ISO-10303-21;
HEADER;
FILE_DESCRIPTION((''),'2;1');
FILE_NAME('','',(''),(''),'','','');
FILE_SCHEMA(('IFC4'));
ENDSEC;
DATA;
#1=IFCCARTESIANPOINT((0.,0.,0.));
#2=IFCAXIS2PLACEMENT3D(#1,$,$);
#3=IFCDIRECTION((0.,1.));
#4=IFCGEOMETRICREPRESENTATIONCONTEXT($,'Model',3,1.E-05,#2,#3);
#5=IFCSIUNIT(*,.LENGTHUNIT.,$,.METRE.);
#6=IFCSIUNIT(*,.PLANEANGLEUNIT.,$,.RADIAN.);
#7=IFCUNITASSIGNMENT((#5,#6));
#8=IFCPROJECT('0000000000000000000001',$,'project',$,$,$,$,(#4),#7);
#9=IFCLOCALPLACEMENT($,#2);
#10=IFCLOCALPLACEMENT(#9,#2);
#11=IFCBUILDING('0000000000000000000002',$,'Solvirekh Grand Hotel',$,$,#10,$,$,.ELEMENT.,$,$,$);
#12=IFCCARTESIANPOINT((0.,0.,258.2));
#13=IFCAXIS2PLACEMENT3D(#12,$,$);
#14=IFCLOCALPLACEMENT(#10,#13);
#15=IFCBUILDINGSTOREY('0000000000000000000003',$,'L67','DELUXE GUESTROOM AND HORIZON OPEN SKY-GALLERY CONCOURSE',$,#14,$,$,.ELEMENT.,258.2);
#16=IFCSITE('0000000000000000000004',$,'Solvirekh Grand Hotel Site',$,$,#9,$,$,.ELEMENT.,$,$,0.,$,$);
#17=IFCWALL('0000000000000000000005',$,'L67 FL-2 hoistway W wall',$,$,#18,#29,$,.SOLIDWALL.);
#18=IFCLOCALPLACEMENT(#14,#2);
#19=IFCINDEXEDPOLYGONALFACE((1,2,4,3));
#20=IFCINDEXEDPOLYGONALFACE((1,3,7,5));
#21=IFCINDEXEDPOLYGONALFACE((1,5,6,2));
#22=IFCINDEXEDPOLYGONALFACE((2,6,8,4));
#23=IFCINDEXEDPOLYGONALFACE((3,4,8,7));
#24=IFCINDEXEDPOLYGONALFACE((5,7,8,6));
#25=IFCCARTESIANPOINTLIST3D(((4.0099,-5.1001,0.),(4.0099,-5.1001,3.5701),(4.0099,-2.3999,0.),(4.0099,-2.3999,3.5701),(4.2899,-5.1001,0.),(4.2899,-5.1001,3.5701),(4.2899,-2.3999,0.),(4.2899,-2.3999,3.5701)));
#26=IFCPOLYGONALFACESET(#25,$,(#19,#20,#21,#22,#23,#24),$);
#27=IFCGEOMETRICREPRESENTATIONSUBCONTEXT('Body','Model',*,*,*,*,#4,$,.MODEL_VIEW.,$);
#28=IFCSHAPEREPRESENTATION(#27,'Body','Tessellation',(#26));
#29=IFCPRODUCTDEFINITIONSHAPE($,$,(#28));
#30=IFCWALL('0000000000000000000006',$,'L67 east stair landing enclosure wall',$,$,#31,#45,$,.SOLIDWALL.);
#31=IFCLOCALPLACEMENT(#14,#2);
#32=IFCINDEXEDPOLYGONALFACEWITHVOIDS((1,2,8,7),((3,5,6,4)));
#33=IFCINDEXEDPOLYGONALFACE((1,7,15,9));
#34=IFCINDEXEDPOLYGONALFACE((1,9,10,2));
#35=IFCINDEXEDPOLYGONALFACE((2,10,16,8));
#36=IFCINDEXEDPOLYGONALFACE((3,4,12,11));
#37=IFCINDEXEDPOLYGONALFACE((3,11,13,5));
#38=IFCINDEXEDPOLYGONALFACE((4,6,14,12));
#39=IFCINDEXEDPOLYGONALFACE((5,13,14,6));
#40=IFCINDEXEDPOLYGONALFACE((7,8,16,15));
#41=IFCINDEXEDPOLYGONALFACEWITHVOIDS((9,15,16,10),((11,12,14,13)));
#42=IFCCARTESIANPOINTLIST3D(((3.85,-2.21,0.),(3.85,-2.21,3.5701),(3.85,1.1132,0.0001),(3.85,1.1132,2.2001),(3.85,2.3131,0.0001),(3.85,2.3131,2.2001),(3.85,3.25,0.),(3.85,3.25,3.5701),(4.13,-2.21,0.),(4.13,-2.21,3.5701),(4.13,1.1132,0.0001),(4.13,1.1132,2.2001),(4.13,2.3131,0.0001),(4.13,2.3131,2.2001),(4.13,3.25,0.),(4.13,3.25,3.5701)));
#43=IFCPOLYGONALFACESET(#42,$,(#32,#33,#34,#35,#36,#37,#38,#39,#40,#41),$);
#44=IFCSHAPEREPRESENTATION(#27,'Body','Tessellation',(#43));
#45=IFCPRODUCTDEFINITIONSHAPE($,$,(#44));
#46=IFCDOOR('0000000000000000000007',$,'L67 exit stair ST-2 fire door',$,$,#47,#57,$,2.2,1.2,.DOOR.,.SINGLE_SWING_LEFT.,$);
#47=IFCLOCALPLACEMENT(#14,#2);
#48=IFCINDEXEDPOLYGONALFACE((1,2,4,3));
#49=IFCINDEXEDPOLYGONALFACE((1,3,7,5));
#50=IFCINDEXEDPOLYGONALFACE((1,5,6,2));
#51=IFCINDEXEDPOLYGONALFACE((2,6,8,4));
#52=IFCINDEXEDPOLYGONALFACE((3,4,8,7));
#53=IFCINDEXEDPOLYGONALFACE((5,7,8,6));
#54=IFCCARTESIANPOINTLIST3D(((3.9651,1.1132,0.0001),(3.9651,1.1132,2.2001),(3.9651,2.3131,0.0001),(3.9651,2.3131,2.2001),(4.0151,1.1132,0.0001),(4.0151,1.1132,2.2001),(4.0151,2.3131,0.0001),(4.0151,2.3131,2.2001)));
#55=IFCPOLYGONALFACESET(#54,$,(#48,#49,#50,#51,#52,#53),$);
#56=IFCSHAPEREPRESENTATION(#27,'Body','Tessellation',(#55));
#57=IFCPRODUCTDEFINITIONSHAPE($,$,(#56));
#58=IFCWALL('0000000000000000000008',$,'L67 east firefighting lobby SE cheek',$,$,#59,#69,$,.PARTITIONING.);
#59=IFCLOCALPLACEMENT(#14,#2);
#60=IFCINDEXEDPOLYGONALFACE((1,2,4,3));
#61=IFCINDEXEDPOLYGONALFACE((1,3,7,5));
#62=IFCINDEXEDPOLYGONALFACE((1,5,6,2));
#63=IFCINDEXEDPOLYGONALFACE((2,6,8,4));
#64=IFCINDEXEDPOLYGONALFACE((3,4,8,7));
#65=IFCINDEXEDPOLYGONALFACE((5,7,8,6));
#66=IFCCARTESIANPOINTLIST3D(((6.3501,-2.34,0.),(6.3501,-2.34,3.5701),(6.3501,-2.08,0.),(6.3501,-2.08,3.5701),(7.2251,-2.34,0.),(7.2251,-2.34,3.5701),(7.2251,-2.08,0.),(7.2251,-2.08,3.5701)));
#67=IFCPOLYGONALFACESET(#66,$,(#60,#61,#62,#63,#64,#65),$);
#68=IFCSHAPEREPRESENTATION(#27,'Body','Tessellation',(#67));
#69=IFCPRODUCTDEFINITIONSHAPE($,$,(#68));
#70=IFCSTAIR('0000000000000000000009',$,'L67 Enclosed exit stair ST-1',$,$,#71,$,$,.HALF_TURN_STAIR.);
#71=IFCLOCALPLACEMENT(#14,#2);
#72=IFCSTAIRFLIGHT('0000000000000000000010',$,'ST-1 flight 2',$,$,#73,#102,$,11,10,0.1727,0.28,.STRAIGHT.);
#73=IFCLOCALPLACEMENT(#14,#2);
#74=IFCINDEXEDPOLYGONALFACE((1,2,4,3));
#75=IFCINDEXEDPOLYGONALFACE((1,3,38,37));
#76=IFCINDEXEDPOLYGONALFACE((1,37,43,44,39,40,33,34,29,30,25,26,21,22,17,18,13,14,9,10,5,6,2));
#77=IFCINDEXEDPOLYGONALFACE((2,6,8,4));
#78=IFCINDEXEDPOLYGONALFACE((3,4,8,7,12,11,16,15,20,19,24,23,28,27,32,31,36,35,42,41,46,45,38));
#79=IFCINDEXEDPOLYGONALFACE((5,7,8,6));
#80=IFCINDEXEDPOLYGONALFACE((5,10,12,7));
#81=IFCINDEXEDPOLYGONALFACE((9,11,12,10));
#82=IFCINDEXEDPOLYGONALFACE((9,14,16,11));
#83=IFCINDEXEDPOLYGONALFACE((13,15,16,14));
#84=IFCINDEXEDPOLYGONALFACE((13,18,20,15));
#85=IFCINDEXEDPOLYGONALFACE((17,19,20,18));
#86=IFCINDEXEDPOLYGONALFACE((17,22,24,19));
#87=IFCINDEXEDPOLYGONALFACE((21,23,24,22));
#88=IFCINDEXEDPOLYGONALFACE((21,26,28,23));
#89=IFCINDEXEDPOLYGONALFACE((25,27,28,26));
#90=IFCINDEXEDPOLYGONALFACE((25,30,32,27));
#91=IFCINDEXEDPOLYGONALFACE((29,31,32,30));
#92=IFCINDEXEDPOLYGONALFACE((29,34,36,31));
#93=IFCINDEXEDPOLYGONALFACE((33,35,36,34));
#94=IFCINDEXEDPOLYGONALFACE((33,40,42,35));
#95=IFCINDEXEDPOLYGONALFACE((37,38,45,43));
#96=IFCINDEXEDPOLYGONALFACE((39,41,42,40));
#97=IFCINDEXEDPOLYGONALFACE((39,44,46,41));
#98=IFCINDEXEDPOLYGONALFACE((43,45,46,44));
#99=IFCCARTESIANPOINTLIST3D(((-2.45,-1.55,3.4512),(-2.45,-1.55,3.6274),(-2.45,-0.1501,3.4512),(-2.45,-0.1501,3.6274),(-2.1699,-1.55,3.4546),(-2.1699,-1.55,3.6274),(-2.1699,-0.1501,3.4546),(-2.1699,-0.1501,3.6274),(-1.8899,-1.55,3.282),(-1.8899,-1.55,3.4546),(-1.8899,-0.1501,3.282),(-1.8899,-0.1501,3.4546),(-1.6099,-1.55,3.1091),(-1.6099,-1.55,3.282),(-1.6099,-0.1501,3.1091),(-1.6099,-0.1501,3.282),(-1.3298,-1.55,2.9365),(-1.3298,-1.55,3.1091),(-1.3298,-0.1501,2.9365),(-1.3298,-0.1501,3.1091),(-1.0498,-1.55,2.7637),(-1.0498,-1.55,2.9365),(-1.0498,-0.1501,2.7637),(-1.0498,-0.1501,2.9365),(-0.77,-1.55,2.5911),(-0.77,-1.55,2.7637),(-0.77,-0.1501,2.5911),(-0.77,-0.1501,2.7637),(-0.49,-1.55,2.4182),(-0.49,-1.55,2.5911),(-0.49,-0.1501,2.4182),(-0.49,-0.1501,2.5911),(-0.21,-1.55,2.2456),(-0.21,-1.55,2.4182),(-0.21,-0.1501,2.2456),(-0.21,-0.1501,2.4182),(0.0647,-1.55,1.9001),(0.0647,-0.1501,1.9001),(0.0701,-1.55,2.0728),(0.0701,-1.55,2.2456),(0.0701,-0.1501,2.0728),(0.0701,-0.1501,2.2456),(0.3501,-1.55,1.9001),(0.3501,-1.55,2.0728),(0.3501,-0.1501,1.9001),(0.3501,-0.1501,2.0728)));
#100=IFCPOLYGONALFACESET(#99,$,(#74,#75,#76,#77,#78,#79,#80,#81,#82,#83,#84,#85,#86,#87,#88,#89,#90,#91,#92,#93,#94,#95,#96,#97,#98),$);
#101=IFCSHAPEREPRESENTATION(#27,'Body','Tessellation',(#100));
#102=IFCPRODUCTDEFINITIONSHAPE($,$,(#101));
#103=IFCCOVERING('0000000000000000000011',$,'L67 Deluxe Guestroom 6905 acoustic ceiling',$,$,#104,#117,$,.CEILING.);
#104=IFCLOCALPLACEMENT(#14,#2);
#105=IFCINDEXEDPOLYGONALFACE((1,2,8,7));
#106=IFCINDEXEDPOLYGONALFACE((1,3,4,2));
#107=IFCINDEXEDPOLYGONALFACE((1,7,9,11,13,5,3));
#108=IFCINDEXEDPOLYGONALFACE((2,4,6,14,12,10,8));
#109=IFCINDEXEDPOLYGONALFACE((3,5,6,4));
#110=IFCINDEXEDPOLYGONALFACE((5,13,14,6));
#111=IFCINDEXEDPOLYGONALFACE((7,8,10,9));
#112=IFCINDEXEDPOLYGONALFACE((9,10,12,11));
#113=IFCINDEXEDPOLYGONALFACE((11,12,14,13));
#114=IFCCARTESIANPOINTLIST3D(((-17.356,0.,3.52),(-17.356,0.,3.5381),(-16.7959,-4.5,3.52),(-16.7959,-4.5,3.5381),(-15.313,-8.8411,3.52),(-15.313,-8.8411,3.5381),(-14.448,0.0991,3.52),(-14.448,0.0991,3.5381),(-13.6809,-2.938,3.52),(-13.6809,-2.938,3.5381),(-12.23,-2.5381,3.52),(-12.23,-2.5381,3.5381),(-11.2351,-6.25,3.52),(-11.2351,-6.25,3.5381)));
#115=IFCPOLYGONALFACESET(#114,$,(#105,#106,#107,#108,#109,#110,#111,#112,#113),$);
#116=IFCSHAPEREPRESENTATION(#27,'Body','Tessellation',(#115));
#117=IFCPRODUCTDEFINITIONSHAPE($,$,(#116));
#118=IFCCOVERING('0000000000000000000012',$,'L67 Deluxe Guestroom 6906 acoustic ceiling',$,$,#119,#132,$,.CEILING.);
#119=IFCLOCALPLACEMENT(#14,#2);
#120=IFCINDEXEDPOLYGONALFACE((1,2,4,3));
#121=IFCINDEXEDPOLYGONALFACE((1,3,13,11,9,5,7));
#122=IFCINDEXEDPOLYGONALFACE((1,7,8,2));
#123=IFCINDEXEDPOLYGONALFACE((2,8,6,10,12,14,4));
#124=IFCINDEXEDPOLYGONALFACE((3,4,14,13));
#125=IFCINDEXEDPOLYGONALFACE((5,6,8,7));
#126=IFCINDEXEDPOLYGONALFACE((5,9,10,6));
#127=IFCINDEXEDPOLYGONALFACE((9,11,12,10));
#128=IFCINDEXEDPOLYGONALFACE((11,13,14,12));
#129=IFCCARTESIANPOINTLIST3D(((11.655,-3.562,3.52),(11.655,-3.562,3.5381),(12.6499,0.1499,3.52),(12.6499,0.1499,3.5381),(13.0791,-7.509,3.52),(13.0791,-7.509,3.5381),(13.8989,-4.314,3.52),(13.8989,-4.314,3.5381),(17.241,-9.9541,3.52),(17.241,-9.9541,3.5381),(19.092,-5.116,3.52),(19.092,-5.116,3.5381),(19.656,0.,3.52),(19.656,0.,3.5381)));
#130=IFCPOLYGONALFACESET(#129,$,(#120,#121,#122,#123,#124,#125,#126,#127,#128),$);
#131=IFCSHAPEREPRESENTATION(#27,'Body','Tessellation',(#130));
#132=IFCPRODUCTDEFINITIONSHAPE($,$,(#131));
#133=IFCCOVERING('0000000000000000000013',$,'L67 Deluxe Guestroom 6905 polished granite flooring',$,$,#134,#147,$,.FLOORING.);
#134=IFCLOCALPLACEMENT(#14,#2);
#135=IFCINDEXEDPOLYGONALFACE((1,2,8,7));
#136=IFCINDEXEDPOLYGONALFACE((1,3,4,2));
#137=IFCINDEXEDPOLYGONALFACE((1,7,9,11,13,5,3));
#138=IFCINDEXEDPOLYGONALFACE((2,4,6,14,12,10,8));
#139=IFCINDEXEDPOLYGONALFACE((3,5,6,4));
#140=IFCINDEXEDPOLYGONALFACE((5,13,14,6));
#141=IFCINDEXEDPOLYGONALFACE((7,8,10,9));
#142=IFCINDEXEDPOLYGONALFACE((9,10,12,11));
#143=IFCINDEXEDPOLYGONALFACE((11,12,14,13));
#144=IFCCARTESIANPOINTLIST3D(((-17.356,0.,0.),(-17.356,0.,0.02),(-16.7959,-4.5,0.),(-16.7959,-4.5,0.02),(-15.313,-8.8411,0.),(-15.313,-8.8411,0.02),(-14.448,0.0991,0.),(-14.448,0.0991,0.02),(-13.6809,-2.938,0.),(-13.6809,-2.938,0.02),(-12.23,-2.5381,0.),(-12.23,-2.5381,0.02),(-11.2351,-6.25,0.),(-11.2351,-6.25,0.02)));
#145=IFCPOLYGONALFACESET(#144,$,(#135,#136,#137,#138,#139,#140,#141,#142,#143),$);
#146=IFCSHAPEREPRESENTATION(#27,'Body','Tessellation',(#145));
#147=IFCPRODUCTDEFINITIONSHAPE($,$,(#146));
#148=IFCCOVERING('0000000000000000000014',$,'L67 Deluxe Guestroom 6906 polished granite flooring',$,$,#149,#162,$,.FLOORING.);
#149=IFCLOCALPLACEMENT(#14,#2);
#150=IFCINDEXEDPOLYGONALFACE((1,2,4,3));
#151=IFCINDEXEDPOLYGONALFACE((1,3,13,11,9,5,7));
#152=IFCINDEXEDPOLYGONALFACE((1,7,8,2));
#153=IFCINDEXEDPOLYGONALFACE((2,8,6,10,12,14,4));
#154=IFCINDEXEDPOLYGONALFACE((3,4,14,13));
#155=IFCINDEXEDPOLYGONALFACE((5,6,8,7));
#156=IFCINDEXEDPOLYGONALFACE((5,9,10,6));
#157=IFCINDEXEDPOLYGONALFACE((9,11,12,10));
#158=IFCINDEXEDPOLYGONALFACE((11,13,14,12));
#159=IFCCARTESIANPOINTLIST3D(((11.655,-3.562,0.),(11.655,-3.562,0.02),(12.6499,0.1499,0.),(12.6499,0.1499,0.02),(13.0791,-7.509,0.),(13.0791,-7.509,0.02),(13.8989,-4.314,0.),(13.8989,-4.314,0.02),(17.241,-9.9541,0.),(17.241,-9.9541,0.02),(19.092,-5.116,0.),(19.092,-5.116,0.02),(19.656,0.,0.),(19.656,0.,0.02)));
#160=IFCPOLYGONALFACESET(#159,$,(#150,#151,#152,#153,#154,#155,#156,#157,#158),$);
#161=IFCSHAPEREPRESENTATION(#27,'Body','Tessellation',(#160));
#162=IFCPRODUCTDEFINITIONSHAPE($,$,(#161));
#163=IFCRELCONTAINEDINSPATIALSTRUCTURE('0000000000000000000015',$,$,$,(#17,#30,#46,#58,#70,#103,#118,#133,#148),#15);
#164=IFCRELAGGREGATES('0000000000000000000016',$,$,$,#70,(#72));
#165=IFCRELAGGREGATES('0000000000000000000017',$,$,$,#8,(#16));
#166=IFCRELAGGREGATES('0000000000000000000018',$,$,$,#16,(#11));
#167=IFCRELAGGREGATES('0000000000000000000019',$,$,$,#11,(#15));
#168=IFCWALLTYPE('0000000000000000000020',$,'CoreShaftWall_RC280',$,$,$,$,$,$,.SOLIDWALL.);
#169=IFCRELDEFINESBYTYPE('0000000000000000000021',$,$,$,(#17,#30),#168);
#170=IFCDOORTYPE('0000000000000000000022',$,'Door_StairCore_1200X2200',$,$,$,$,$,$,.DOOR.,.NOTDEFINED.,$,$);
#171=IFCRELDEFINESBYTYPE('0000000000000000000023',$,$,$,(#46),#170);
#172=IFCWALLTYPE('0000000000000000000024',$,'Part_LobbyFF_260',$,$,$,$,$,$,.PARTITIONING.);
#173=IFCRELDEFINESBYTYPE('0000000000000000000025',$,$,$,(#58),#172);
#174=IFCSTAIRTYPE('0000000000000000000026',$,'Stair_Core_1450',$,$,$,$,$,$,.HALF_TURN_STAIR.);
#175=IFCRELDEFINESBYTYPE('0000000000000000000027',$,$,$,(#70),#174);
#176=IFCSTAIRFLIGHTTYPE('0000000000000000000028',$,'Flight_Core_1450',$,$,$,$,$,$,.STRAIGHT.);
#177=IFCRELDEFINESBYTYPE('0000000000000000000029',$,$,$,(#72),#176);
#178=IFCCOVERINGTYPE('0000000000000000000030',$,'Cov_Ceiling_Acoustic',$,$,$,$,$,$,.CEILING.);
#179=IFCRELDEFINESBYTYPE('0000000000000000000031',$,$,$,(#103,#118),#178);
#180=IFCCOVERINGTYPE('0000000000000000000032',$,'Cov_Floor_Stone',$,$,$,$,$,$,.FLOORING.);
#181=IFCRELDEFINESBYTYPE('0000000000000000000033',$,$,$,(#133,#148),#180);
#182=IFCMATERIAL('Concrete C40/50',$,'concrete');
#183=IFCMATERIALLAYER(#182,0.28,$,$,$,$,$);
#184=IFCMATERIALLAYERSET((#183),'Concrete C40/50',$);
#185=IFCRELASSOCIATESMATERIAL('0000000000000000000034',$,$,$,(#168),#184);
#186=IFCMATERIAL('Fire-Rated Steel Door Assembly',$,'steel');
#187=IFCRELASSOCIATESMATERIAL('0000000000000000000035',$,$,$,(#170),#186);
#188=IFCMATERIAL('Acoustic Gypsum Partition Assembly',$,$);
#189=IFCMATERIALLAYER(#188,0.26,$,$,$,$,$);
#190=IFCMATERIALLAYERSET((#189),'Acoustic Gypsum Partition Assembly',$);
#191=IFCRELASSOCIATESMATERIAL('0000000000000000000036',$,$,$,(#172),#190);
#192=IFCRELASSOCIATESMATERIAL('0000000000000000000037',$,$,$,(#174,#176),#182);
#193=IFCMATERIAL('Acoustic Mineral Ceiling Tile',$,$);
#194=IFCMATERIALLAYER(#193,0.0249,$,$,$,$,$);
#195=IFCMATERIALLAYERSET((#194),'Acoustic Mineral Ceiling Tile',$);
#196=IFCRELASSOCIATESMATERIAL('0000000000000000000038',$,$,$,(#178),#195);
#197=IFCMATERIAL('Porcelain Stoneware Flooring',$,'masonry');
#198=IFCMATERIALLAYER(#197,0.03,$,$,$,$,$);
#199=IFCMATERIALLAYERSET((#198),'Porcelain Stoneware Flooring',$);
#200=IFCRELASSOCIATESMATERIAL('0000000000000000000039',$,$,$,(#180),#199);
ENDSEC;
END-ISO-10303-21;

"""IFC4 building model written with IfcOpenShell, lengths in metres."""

from ifc_helpers import new_model, si_unit, direction, frame, frame_2d, origin, place, context, subcontext, project, spatial, polyline, rectangle, outline, extrude, material, layer, layer_set, type_object, element, fill, aggregate, save


model = new_model("IFC4")

# Units and contexts
model_context = context("Model", 3, precision=1e-05, world=origin(), true_north=direction((0.0, 1.0)))
body_context = subcontext(model_context, "Body", "Model", "MODEL_VIEW")
ifc_project = project(units=[si_unit("LENGTHUNIT", "METRE"), si_unit("PLANEANGLEUNIT", "RADIAN")], contexts=[model_context])

# Site, building, storey
site_placement = place(None, origin())
site = spatial("IfcSite", under=ifc_project, at=site_placement, Name="Solvirekh Grand Hotel Site", CompositionType="ELEMENT", RefElevation=0.0)
building_placement = place(site_placement, origin())
building = spatial("IfcBuilding", under=site, at=building_placement, Name="Solvirekh Grand Hotel", CompositionType="ELEMENT")
storey_placement = place(building_placement, frame((0.0, 0.0, 258.2)))
storey = spatial("IfcBuildingStorey", under=building, at=storey_placement, Name="L67", Description="DELUXE GUESTROOM AND HORIZON OPEN SKY-GALLERY CONCOURSE", CompositionType="ELEMENT", Elevation=258.2)

# Shared definitions
ifc_material_1 = material(Name="Concrete C40/50", Category="concrete")
ifc_layer_1 = layer(ifc_material_1, 0.28)
ifc_layer_set_1 = layer_set([ifc_layer_1], Name="Concrete C40/50")
wall_type_1 = type_object("IfcWallType", Name="CoreShaftWall_RC280", PredefinedType="SOLIDWALL", material=ifc_layer_set_1)

# Shared definitions
ifc_material_2 = material(Name="Fire-Rated Steel Door Assembly", Category="steel")

# Wall
wall_1_placement = place(storey_placement, frame((4.1499, -2.3999, 0.0), z_axis=(0.0, 0.0, 1.0), x_axis=(0.0, -1.0, 0.0)))
element("IfcWall", 1, at=wall_1_placement, inside=storey, type_object=wall_type_1, Name="L67 FL-2 hoistway W wall", PredefinedType="SOLIDWALL", context=body_context, shape_type="SweptSolid", body=[
    extrude(rectangle(XDim=2.7002, YDim=0.28, at=frame_2d((1.3501, 0.0))), origin(), (0.0, 0.0, 1.0), 3.5701),
])

# Wall, opening, door
wall_2_placement = place(storey_placement, frame((3.99, -2.21, 0.0), z_axis=(0.0, 0.0, 1.0), x_axis=(0.0, 1.0, 0.0)))
wall_2 = element("IfcWall", 2, at=wall_2_placement, inside=storey, type_object=wall_type_1, Name="L67 east stair landing enclosure wall", PredefinedType="SOLIDWALL", context=body_context, shape_type="SweptSolid", body=[
    extrude(rectangle(XDim=5.46, YDim=0.28, at=frame_2d((2.73, 0.0))), origin(), (0.0, 0.0, 1.0), 3.5701),
])
opening_1_placement = place(wall_2_placement, frame((3.323, 0.0, 0.0)))
opening_1 = element("IfcOpeningElement", 3, at=opening_1_placement, cuts=wall_2, PredefinedType="OPENING", context=body_context, shape_type="SweptSolid", body=[
    extrude(rectangle(XDim=1.2, YDim=2.2, at=frame_2d((0.6001, 1.1001))), frame((0.0, 0.1499, 0.0), z_axis=(0.0, -1.0, 0.0), x_axis=(1.0, 0.0, 0.0)), (0.0, 0.0, 1.0), 0.3),
])
door_type_1 = type_object("IfcDoorType", Name="Door_StairCore_1200X2200", OperationType="NOTDEFINED", PredefinedType="DOOR", material=ifc_material_2)
door_1_placement = place(opening_1_placement, origin())
door_1 = element("IfcDoor", 4, at=door_1_placement, inside=storey, type_object=door_type_1, Name="L67 exit stair ST-2 fire door", OperationType="SINGLE_SWING_LEFT", OverallHeight=2.2, OverallWidth=1.2, PredefinedType="DOOR", context=body_context, shape_type="SweptSolid", body=[
    extrude(rectangle(XDim=1.2, YDim=2.2, at=frame_2d((0.6001, 1.1001))), frame((0.0, 0.0249, 0.0), z_axis=(0.0, -1.0, 0.0), x_axis=(1.0, 0.0, 0.0)), (0.0, 0.0, 1.0), 0.05),
])
fill(opening_1, door_1)

# Wall
ifc_material_3 = material(Name="Acoustic Gypsum Partition Assembly")
ifc_layer_2 = layer(ifc_material_3, 0.26)
ifc_layer_set_2 = layer_set([ifc_layer_2], Name="Acoustic Gypsum Partition Assembly")
wall_type_2 = type_object("IfcWallType", Name="Part_LobbyFF_260", PredefinedType="PARTITIONING", material=ifc_layer_set_2)
wall_3_placement = place(storey_placement, frame((6.3501, -2.21, 0.0), z_axis=(0.0, 0.0, 1.0), x_axis=(1.0, 0.0, 0.0)))
element("IfcWall", 5, at=wall_3_placement, inside=storey, type_object=wall_type_2, Name="L67 east firefighting lobby SE cheek", PredefinedType="PARTITIONING", context=body_context, shape_type="SweptSolid", body=[
    extrude(rectangle(XDim=0.875, YDim=0.26, at=frame_2d((0.4375, 0.0))), origin(), (0.0, 0.0, 1.0), 3.5701),
])

# Stair, stair flight
stair_type = type_object("IfcStairType", Name="Stair_Core_1450", PredefinedType="HALF_TURN_STAIR", material=ifc_material_1)
stair_placement = place(storey_placement, origin())
stair = element("IfcStair", 6, at=stair_placement, inside=storey, type_object=stair_type, Name="L67 Enclosed exit stair ST-1", PredefinedType="HALF_TURN_STAIR")
stair_flight_type = type_object("IfcStairFlightType", Name="Flight_Core_1450", PredefinedType="STRAIGHT", material=ifc_material_1)
stair_flight_placement = place(storey_placement, frame((0.3501, -0.8501, 1.9001), z_axis=(0.0, 0.0, 1.0), x_axis=(-1.0, 0.0, 0.0)))
stair_flight = element("IfcStairFlight", 7, at=stair_flight_placement, type_object=stair_flight_type, Name="ST-1 flight 2", NumberOfRisers=11, NumberOfTreads=10, PredefinedType="STRAIGHT", RiserHeight=0.1727, TreadLength=0.28, context=body_context, shape_type="SweptSolid", body=[
    extrude(outline(polyline([(0.0, 0.0), (0.0, 0.1726), (0.28, 0.1726), (0.28, 0.3455), (0.5601, 0.3455), (0.5601, 0.5181), (0.8401, 0.5181), (0.8401, 0.6909), (1.1201, 0.6909), (1.1201, 0.8635), (1.3999, 0.8635), (1.3999, 1.0364), (1.6799, 1.0364), (1.6799, 1.209), (1.96, 1.209), (1.96, 1.3818), (2.24, 1.3818), (2.24, 1.5544), (2.52, 1.5544), (2.52, 1.7273), (2.8, 1.7273), (2.8, 1.8999), (2.8, 1.551), (0.2854, 0.0), (0.0, 0.0)])), frame((0.0, 0.7, 0.0), z_axis=(0.0, -1.0, 0.0), x_axis=(1.0, 0.0, 0.0)), (0.0, 0.0, 1.0), 1.3999),
])
aggregate(stair, [stair_flight])

# Coverings
ifc_material_4 = material(Name="Acoustic Mineral Ceiling Tile")
ifc_layer_3 = layer(ifc_material_4, 0.0249)
ifc_layer_set_3 = layer_set([ifc_layer_3], Name="Acoustic Mineral Ceiling Tile")
covering_type_1 = type_object("IfcCoveringType", Name="Cov_Ceiling_Acoustic", PredefinedType="CEILING", material=ifc_layer_set_3)
covering_1_placement = place(storey_placement, frame((0.0, 0.0, 3.52)))
element("IfcCovering", 8, at=covering_1_placement, inside=storey, type_object=covering_type_1, Name="L67 Deluxe Guestroom 6905 acoustic ceiling", PredefinedType="CEILING", context=body_context, shape_type="SweptSolid", body=[
    extrude(outline(polyline([(-13.6809, -2.938), (-14.448, 0.0991), (-17.356, 0.0), (-16.7959, -4.5), (-15.313, -8.8411), (-11.2351, -6.25), (-12.23, -2.5381), (-13.6809, -2.938)])), origin(), (0.0, 0.0, 1.0), 0.0181),
])
covering_2_placement = place(storey_placement, frame((0.0, 0.0, 3.52)))
element("IfcCovering", 9, at=covering_2_placement, inside=storey, type_object=covering_type_1, Name="L67 Deluxe Guestroom 6906 acoustic ceiling", PredefinedType="CEILING", context=body_context, shape_type="SweptSolid", body=[
    extrude(outline(polyline([(13.8989, -4.314), (13.0791, -7.509), (17.241, -9.9541), (19.092, -5.116), (19.656, 0.0), (12.6499, 0.1499), (11.655, -3.562), (13.8989, -4.314)])), origin(), (0.0, 0.0, 1.0), 0.0181),
])
ifc_material_5 = material(Name="Porcelain Stoneware Flooring", Category="masonry")
ifc_layer_4 = layer(ifc_material_5, 0.03)
ifc_layer_set_4 = layer_set([ifc_layer_4], Name="Porcelain Stoneware Flooring")
covering_type_2 = type_object("IfcCoveringType", Name="Cov_Floor_Stone", PredefinedType="FLOORING", material=ifc_layer_set_4)
covering_3_placement = place(storey_placement, origin())
element("IfcCovering", 10, at=covering_3_placement, inside=storey, type_object=covering_type_2, Name="L67 Deluxe Guestroom 6905 polished granite flooring", PredefinedType="FLOORING", context=body_context, shape_type="SweptSolid", body=[
    extrude(outline(polyline([(-13.6809, -2.938), (-14.448, 0.0991), (-17.356, 0.0), (-16.7959, -4.5), (-15.313, -8.8411), (-11.2351, -6.25), (-12.23, -2.5381), (-13.6809, -2.938)])), origin(), (0.0, 0.0, 1.0), 0.02),
])
covering_4_placement = place(storey_placement, origin())
element("IfcCovering", 11, at=covering_4_placement, inside=storey, type_object=covering_type_2, Name="L67 Deluxe Guestroom 6906 polished granite flooring", PredefinedType="FLOORING", context=body_context, shape_type="SweptSolid", body=[
    extrude(outline(polyline([(13.8989, -4.314), (13.0791, -7.509), (17.241, -9.9541), (19.092, -5.116), (19.656, 0.0), (12.6499, 0.1499), (11.655, -3.562), (13.8989, -4.314)])), origin(), (0.0, 0.0, 1.0), 0.02),
])

save(model, "model.ifc")
